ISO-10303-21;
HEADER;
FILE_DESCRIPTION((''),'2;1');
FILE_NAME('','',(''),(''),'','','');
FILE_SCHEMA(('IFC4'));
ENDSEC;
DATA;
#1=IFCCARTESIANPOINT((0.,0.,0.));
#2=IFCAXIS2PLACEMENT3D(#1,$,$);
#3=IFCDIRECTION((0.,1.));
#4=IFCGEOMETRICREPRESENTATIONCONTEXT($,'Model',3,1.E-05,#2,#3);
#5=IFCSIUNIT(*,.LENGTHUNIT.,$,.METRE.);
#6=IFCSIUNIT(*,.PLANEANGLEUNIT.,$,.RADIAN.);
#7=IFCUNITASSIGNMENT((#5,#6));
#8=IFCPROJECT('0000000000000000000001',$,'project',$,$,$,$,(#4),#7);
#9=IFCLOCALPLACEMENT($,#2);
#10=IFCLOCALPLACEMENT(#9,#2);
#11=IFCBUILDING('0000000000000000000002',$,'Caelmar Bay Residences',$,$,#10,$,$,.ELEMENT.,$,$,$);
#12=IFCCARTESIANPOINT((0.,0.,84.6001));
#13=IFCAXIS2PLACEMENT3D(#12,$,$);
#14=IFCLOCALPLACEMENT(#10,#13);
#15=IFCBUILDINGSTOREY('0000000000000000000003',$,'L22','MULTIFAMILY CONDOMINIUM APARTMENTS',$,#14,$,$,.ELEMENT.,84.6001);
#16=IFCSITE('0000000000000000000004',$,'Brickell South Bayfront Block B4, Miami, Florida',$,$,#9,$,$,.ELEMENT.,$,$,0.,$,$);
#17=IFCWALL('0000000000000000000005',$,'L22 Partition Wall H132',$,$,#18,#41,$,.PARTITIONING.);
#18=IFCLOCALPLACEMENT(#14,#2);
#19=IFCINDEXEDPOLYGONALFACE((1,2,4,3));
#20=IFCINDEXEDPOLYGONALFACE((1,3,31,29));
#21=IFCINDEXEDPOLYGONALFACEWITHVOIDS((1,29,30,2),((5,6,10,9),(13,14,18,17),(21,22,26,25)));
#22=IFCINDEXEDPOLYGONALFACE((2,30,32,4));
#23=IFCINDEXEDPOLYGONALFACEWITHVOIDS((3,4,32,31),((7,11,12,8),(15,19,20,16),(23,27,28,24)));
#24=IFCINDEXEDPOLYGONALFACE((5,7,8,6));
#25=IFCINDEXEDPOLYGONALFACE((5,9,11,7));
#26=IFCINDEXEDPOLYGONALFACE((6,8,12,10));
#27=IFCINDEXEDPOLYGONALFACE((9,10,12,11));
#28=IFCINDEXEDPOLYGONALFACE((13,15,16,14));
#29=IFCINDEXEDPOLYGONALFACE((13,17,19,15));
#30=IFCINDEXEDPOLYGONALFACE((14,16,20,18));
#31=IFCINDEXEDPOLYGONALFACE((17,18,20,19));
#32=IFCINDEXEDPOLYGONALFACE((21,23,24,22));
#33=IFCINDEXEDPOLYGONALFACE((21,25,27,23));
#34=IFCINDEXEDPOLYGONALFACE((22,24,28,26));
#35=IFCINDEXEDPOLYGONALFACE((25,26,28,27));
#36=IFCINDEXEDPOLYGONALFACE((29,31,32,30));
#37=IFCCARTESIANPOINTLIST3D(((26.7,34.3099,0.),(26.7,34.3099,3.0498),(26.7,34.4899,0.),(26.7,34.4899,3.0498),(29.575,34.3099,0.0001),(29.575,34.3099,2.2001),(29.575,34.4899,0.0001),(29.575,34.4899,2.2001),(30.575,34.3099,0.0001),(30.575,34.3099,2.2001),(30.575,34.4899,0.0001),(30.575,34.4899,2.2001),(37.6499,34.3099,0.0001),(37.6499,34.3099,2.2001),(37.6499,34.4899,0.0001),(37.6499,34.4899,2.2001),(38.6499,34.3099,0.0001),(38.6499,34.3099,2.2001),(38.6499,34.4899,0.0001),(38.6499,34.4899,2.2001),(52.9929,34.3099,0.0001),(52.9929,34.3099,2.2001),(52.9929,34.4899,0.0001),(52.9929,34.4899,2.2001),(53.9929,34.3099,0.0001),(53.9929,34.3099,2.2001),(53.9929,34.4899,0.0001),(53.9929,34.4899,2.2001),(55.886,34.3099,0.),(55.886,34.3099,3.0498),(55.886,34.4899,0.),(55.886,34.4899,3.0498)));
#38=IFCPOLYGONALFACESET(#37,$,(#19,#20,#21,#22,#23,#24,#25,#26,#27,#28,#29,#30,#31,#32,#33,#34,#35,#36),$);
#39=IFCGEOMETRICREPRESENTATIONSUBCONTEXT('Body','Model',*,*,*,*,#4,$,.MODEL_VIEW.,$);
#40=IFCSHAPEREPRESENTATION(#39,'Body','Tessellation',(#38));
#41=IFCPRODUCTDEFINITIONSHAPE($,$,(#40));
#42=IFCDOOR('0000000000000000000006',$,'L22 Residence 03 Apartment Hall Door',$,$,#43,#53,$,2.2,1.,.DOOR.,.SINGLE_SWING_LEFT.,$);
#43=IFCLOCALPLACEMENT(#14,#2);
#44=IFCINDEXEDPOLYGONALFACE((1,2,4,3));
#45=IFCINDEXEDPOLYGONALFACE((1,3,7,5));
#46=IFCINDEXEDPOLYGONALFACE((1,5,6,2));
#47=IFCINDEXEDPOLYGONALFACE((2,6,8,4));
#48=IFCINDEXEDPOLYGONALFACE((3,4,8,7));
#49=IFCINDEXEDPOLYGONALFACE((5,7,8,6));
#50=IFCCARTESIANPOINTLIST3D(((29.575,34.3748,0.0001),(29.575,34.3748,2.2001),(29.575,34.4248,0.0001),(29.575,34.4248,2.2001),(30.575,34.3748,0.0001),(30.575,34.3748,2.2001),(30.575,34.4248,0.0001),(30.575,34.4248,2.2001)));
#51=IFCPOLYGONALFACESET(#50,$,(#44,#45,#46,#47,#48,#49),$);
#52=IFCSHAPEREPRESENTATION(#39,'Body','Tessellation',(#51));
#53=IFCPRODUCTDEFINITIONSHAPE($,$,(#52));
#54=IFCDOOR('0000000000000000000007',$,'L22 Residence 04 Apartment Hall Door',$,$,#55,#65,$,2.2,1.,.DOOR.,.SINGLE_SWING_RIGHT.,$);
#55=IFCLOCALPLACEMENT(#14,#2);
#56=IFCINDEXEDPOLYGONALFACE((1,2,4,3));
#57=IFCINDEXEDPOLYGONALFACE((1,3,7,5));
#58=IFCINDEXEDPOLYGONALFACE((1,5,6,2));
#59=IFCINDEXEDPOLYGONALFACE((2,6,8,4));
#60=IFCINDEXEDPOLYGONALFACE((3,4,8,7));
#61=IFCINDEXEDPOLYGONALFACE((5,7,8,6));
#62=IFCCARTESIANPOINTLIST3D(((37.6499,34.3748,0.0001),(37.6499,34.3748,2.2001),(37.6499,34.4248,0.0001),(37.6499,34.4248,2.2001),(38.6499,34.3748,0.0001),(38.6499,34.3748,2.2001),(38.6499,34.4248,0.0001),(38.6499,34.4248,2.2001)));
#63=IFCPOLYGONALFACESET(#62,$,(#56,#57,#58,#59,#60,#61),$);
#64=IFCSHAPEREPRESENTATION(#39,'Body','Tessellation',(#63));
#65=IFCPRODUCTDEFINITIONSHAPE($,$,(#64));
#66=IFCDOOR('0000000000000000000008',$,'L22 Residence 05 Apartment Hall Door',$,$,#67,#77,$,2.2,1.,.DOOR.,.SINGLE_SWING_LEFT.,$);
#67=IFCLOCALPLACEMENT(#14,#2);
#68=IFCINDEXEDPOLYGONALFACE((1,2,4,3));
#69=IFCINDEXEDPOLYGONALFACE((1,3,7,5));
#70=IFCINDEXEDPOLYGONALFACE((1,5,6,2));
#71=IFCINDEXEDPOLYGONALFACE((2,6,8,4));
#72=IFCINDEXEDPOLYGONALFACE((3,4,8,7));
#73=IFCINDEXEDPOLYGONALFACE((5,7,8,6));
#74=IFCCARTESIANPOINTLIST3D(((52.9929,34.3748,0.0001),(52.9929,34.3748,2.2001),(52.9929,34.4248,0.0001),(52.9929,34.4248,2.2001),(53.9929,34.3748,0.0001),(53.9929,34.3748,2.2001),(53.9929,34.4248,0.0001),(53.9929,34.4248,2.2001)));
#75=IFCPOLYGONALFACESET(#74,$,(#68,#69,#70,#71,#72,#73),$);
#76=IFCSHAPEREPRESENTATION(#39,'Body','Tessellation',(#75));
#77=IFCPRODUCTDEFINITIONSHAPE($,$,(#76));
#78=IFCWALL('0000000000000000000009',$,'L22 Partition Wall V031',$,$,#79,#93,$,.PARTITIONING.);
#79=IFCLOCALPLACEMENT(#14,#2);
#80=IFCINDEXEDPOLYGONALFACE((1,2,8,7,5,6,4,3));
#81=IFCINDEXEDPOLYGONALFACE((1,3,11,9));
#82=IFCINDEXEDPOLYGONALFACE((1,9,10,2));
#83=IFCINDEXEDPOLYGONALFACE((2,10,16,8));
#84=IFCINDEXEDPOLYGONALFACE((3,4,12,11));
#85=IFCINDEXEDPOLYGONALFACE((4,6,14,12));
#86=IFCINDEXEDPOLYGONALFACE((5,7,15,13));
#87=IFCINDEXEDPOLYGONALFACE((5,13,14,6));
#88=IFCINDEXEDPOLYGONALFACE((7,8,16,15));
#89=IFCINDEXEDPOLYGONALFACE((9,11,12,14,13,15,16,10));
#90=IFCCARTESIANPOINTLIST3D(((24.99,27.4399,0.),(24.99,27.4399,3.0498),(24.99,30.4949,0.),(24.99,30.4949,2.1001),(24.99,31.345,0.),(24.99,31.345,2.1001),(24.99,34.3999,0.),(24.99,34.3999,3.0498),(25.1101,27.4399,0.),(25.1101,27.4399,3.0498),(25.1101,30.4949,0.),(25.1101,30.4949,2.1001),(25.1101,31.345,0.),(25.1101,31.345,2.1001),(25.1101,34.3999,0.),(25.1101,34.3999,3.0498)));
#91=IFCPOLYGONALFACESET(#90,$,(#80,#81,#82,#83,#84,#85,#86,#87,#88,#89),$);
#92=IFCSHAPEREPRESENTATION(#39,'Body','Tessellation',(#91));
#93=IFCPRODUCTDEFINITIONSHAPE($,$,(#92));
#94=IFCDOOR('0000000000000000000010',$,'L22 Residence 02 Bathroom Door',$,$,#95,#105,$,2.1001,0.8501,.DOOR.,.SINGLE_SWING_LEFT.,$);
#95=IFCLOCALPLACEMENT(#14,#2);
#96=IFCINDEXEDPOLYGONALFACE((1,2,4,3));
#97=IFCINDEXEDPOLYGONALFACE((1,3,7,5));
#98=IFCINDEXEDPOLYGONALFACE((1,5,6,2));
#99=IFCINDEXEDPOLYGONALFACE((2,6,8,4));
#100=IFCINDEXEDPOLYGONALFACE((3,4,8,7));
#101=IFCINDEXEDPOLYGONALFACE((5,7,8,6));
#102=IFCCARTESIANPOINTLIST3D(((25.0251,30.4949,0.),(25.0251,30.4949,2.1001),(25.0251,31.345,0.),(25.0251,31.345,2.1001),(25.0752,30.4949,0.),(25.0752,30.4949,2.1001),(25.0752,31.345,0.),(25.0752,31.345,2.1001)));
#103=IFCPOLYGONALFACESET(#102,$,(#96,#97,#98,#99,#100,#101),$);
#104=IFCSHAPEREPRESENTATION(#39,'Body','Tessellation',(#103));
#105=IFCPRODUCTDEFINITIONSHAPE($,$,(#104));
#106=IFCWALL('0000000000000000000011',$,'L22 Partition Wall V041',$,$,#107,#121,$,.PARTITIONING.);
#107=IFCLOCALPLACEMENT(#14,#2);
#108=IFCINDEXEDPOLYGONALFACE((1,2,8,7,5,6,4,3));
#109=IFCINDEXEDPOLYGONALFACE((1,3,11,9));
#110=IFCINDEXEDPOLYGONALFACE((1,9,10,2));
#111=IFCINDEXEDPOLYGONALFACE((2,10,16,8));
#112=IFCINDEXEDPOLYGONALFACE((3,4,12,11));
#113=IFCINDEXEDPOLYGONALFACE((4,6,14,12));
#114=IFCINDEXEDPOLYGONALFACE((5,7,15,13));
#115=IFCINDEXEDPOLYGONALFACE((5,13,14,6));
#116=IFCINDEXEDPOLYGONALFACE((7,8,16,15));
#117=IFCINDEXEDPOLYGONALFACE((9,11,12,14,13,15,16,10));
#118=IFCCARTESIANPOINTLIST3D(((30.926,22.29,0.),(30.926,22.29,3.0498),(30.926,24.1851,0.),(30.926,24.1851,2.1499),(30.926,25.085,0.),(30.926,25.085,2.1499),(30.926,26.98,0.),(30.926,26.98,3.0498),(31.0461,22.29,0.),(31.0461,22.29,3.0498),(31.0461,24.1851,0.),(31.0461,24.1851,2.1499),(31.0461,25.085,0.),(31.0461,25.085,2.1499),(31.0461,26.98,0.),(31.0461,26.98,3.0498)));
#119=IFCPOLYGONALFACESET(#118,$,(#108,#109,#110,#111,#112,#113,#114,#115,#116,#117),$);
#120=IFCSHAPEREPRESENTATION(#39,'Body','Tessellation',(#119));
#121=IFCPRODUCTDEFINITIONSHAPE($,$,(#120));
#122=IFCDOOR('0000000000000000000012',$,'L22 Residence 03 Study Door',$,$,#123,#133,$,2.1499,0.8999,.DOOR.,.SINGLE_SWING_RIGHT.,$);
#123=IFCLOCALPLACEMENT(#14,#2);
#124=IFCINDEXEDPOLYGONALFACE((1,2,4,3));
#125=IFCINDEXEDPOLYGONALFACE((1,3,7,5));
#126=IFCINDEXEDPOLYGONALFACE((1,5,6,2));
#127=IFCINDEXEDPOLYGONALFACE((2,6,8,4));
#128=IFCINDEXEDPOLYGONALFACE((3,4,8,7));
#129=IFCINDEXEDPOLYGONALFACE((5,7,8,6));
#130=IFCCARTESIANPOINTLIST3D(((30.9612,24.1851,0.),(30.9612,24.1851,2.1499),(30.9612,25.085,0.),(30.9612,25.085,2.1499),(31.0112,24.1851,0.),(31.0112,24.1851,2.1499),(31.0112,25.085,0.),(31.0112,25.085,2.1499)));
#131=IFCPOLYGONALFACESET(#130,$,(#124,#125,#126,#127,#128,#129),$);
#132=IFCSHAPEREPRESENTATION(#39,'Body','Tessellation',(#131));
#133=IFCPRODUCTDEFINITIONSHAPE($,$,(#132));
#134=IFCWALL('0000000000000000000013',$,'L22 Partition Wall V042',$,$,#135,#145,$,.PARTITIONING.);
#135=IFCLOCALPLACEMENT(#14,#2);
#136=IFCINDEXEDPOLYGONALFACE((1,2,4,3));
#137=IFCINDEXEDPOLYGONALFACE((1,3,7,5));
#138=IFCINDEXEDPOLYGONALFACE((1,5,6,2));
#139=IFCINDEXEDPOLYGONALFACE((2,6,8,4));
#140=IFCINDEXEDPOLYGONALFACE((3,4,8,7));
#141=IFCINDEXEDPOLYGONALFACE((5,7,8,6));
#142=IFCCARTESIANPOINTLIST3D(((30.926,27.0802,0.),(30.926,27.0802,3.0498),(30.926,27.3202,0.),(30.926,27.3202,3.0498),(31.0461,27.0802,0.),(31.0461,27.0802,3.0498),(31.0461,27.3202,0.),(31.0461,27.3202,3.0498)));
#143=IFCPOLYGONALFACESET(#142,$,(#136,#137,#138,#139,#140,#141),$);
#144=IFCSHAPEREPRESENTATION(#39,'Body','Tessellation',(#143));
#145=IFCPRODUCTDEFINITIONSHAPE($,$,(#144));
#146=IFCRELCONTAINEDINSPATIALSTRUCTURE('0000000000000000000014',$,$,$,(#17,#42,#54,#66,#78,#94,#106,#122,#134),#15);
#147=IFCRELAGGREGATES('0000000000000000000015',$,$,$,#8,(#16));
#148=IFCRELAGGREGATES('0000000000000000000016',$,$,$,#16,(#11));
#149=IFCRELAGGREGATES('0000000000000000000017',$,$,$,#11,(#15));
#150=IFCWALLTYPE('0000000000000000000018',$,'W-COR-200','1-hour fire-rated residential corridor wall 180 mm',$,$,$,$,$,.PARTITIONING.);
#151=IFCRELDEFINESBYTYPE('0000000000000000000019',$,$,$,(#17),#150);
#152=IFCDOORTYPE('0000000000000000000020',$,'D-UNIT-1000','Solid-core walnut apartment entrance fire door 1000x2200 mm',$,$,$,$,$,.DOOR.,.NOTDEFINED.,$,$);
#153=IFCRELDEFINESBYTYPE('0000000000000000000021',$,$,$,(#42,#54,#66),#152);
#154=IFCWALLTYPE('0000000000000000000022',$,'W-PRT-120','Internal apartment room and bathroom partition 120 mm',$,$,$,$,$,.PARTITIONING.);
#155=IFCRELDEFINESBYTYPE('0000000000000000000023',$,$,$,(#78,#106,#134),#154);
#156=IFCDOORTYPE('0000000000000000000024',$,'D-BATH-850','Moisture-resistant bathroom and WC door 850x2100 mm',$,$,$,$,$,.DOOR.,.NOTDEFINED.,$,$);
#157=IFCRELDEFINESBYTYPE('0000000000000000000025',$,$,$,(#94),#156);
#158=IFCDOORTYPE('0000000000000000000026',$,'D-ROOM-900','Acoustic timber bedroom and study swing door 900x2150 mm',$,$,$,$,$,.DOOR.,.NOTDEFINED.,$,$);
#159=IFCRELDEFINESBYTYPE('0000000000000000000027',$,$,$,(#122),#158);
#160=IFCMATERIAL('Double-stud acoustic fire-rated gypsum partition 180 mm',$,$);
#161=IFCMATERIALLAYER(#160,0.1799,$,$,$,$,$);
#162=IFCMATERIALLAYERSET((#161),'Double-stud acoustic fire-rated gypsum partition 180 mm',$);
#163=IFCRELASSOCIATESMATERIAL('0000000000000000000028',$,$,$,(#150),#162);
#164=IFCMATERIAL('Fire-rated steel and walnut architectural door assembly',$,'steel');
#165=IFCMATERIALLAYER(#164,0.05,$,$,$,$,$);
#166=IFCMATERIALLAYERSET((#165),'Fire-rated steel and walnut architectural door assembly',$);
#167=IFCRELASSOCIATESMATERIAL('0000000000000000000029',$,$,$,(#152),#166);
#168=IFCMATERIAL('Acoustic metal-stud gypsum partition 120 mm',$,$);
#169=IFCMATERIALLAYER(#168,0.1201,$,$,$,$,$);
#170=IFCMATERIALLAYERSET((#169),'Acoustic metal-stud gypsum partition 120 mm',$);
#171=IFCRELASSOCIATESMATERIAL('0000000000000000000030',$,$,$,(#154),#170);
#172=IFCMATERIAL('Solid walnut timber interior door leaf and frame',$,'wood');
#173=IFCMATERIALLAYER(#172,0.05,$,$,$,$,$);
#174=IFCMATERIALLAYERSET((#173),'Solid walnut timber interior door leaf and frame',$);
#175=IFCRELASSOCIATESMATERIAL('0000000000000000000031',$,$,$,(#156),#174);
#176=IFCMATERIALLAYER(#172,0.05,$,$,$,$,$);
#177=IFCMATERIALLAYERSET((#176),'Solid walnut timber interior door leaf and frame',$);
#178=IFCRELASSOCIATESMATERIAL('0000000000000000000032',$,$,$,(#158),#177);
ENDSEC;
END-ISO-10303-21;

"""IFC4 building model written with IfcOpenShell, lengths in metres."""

from ifc_helpers import new_model, si_unit, direction, frame, frame_2d, origin, place, context, subcontext, project, spatial, rectangle, extrude, material, layer, layer_set, type_object, element, fill, save


model = new_model("IFC4")

# Units and contexts
model_context = context("Model", 3, precision=1e-05, world=origin(), true_north=direction((0.0, 1.0)))
body_context = subcontext(model_context, "Body", "Model", "MODEL_VIEW")
ifc_project = project(units=[si_unit("LENGTHUNIT", "METRE"), si_unit("PLANEANGLEUNIT", "RADIAN")], contexts=[model_context])

# Site, building, storey
site_placement = place(None, origin())
site = spatial("IfcSite", under=ifc_project, at=site_placement, Name="Brickell South Bayfront Block B4, Miami, Florida", CompositionType="ELEMENT", RefElevation=0.0)
building_placement = place(site_placement, origin())
building = spatial("IfcBuilding", under=site, at=building_placement, Name="Caelmar Bay Residences", CompositionType="ELEMENT")
storey_placement = place(building_placement, frame((0.0, 0.0, 84.6001)))
storey = spatial("IfcBuildingStorey", under=building, at=storey_placement, Name="L22", Description="MULTIFAMILY CONDOMINIUM APARTMENTS", CompositionType="ELEMENT", Elevation=84.6001)

# Wall, openings, doors
ifc_material_1 = material(Name="Double-stud acoustic fire-rated gypsum partition 180 mm")
ifc_layer_1 = layer(ifc_material_1, 0.1799)
ifc_layer_set_1 = layer_set([ifc_layer_1], Name="Double-stud acoustic fire-rated gypsum partition 180 mm")
wall_type_1 = type_object("IfcWallType", Name="W-COR-200", Description="1-hour fire-rated residential corridor wall 180 mm", PredefinedType="PARTITIONING", material=ifc_layer_set_1)
wall_1_placement = place(storey_placement, frame((26.7, 34.3999, 0.0), z_axis=(0.0, 0.0, 1.0), x_axis=(1.0, 0.0, 0.0)))
wall_1 = element("IfcWall", 1, at=wall_1_placement, inside=storey, type_object=wall_type_1, Name="L22 Partition Wall H132", PredefinedType="PARTITIONING", context=body_context, shape_type="SweptSolid", body=[
    extrude(rectangle(XDim=29.186, YDim=0.1799, at=frame_2d((14.593, 0.0))), origin(), (0.0, 0.0, 1.0), 3.0498),
])
opening_1_placement = place(wall_1_placement, frame((2.875, 0.0, 0.0)))
opening_1 = element("IfcOpeningElement", 2, at=opening_1_placement, cuts=wall_1, PredefinedType="OPENING", context=body_context, shape_type="SweptSolid", body=[
    extrude(rectangle(XDim=1.0, YDim=2.2, at=frame_2d((0.5, 1.1001))), frame((0.0, 0.0999, 0.0), z_axis=(0.0, -1.0, 0.0), x_axis=(1.0, 0.0, 0.0)), (0.0, 0.0, 1.0), 0.2),
])
opening_2_placement = place(wall_1_placement, frame((10.95, 0.0, 0.0)))
opening_2 = element("IfcOpeningElement", 3, at=opening_2_placement, cuts=wall_1, PredefinedType="OPENING", context=body_context, shape_type="SweptSolid", body=[
    extrude(rectangle(XDim=1.0, YDim=2.2, at=frame_2d((0.5, 1.1001))), frame((0.0, 0.0999, 0.0), z_axis=(0.0, -1.0, 0.0), x_axis=(1.0, 0.0, 0.0)), (0.0, 0.0, 1.0), 0.2),
])
opening_3_placement = place(wall_1_placement, frame((26.293, 0.0, 0.0)))
opening_3 = element("IfcOpeningElement", 4, at=opening_3_placement, cuts=wall_1, PredefinedType="OPENING", context=body_context, shape_type="SweptSolid", body=[
    extrude(rectangle(XDim=1.0, YDim=2.2, at=frame_2d((0.5, 1.1001))), frame((0.0, 0.0999, 0.0), z_axis=(0.0, -1.0, 0.0), x_axis=(1.0, 0.0, 0.0)), (0.0, 0.0, 1.0), 0.2),
])
ifc_material_2 = material(Name="Fire-rated steel and walnut architectural door assembly", Category="steel")
ifc_layer_2 = layer(ifc_material_2, 0.05)
ifc_layer_set_2 = layer_set([ifc_layer_2], Name="Fire-rated steel and walnut architectural door assembly")
door_type_1 = type_object("IfcDoorType", Name="D-UNIT-1000", Description="Solid-core walnut apartment entrance fire door 1000x2200 mm", OperationType="NOTDEFINED", PredefinedType="DOOR", material=ifc_layer_set_2)
door_1_placement = place(opening_1_placement, origin())
door_1 = element("IfcDoor", 5, at=door_1_placement, inside=storey, type_object=door_type_1, Name="L22 Residence 03 Apartment Hall Door", OperationType="SINGLE_SWING_LEFT", OverallHeight=2.2, OverallWidth=1.0, PredefinedType="DOOR", context=body_context, shape_type="SweptSolid", body=[
    extrude(rectangle(XDim=1.0, YDim=2.2, at=frame_2d((0.5, 1.1001))), frame((0.0, 0.0249, 0.0), z_axis=(0.0, -1.0, 0.0), x_axis=(1.0, 0.0, 0.0)), (0.0, 0.0, 1.0), 0.05),
])
fill(opening_1, door_1)
door_2_placement = place(opening_2_placement, origin())
door_2 = element("IfcDoor", 6, at=door_2_placement, inside=storey, type_object=door_type_1, Name="L22 Residence 04 Apartment Hall Door", OperationType="SINGLE_SWING_RIGHT", OverallHeight=2.2, OverallWidth=1.0, PredefinedType="DOOR", context=body_context, shape_type="SweptSolid", body=[
    extrude(rectangle(XDim=1.0, YDim=2.2, at=frame_2d((0.5, 1.1001))), frame((0.0, 0.0249, 0.0), z_axis=(0.0, -1.0, 0.0), x_axis=(1.0, 0.0, 0.0)), (0.0, 0.0, 1.0), 0.05),
])
fill(opening_2, door_2)
door_3_placement = place(opening_3_placement, origin())
door_3 = element("IfcDoor", 7, at=door_3_placement, inside=storey, type_object=door_type_1, Name="L22 Residence 05 Apartment Hall Door", OperationType="SINGLE_SWING_LEFT", OverallHeight=2.2, OverallWidth=1.0, PredefinedType="DOOR", context=body_context, shape_type="SweptSolid", body=[
    extrude(rectangle(XDim=1.0, YDim=2.2, at=frame_2d((0.5, 1.1001))), frame((0.0, 0.0249, 0.0), z_axis=(0.0, -1.0, 0.0), x_axis=(1.0, 0.0, 0.0)), (0.0, 0.0, 1.0), 0.05),
])
fill(opening_3, door_3)

# Walls, openings, doors
ifc_material_3 = material(Name="Acoustic metal-stud gypsum partition 120 mm")
ifc_layer_3 = layer(ifc_material_3, 0.1201)
ifc_layer_set_3 = layer_set([ifc_layer_3], Name="Acoustic metal-stud gypsum partition 120 mm")
wall_type_2 = type_object("IfcWallType", Name="W-PRT-120", Description="Internal apartment room and bathroom partition 120 mm", PredefinedType="PARTITIONING", material=ifc_layer_set_3)
wall_2_placement = place(storey_placement, frame((25.05, 27.4399, 0.0), z_axis=(0.0, 0.0, 1.0), x_axis=(0.0, 1.0, 0.0)))
wall_2 = element("IfcWall", 8, at=wall_2_placement, inside=storey, type_object=wall_type_2, Name="L22 Partition Wall V031", PredefinedType="PARTITIONING", context=body_context, shape_type="SweptSolid", body=[
    extrude(rectangle(XDim=6.96, YDim=0.1201, at=frame_2d((3.48, 0.0))), origin(), (0.0, 0.0, 1.0), 3.0498),
])
opening_4_placement = place(wall_2_placement, frame((3.0549, 0.0, 0.0)))
opening_4 = element("IfcOpeningElement", 9, at=opening_4_placement, cuts=wall_2, PredefinedType="OPENING", context=body_context, shape_type="SweptSolid", body=[
    extrude(rectangle(XDim=0.8501, YDim=2.1001, at=frame_2d((0.425, 1.05))), frame((0.0, 0.0701, 0.0), z_axis=(0.0, -1.0, 0.0), x_axis=(1.0, 0.0, 0.0)), (0.0, 0.0, 1.0), 0.1401),
])
ifc_material_4 = material(Name="Solid walnut timber interior door leaf and frame", Category="wood")
ifc_layer_4 = layer(ifc_material_4, 0.05)
ifc_layer_set_4 = layer_set([ifc_layer_4], Name="Solid walnut timber interior door leaf and frame")
door_type_2 = type_object("IfcDoorType", Name="D-BATH-850", Description="Moisture-resistant bathroom and WC door 850x2100 mm", OperationType="NOTDEFINED", PredefinedType="DOOR", material=ifc_layer_set_4)
door_4_placement = place(opening_4_placement, origin())
door_4 = element("IfcDoor", 10, at=door_4_placement, inside=storey, type_object=door_type_2, Name="L22 Residence 02 Bathroom Door", OperationType="SINGLE_SWING_LEFT", OverallHeight=2.1001, OverallWidth=0.8501, PredefinedType="DOOR", context=body_context, shape_type="SweptSolid", body=[
    extrude(rectangle(XDim=0.8501, YDim=2.1001, at=frame_2d((0.425, 1.05))), frame((0.0, 0.0249, 0.0), z_axis=(0.0, -1.0, 0.0), x_axis=(1.0, 0.0, 0.0)), (0.0, 0.0, 1.0), 0.05),
])
fill(opening_4, door_4)
wall_3_placement = place(storey_placement, frame((30.9861, 22.29, 0.0), z_axis=(0.0, 0.0, 1.0), x_axis=(0.0, 1.0, 0.0)))
wall_3 = element("IfcWall", 11, at=wall_3_placement, inside=storey, type_object=wall_type_2, Name="L22 Partition Wall V041", PredefinedType="PARTITIONING", context=body_context, shape_type="SweptSolid", body=[
    extrude(rectangle(XDim=4.6899, YDim=0.1201, at=frame_2d((2.345, 0.0))), origin(), (0.0, 0.0, 1.0), 3.0498),
])
opening_5_placement = place(wall_3_placement, frame((1.895, 0.0, 0.0)))
opening_5 = element("IfcOpeningElement", 12, at=opening_5_placement, cuts=wall_3, PredefinedType="OPENING", context=body_context, shape_type="SweptSolid", body=[
    extrude(rectangle(XDim=0.8999, YDim=2.1499, at=frame_2d((0.45, 1.075))), frame((0.0, 0.0701, 0.0), z_axis=(0.0, -1.0, 0.0), x_axis=(1.0, 0.0, 0.0)), (0.0, 0.0, 1.0), 0.1401),
])
ifc_layer_5 = layer(ifc_material_4, 0.05)
ifc_layer_set_5 = layer_set([ifc_layer_5], Name="Solid walnut timber interior door leaf and frame")
door_type_3 = type_object("IfcDoorType", Name="D-ROOM-900", Description="Acoustic timber bedroom and study swing door 900x2150 mm", OperationType="NOTDEFINED", PredefinedType="DOOR", material=ifc_layer_set_5)
door_5_placement = place(opening_5_placement, origin())
door_5 = element("IfcDoor", 13, at=door_5_placement, inside=storey, type_object=door_type_3, Name="L22 Residence 03 Study Door", OperationType="SINGLE_SWING_RIGHT", OverallHeight=2.1499, OverallWidth=0.8999, PredefinedType="DOOR", context=body_context, shape_type="SweptSolid", body=[
    extrude(rectangle(XDim=0.8999, YDim=2.1499, at=frame_2d((0.45, 1.075))), frame((0.0, 0.0249, 0.0), z_axis=(0.0, -1.0, 0.0), x_axis=(1.0, 0.0, 0.0)), (0.0, 0.0, 1.0), 0.05),
])
fill(opening_5, door_5)

# Wall
wall_4_placement = place(storey_placement, frame((30.9861, 27.0801, 0.0), z_axis=(0.0, 0.0, 1.0), x_axis=(0.0, 1.0, 0.0)))
element("IfcWall", 14, at=wall_4_placement, inside=storey, type_object=wall_type_2, Name="L22 Partition Wall V042", PredefinedType="PARTITIONING", context=body_context, shape_type="SweptSolid", body=[
    extrude(rectangle(XDim=0.24, YDim=0.1201, at=frame_2d((0.1201, 0.0))), origin(), (0.0, 0.0, 1.0), 3.0498),
])

save(model, "model.ifc")
